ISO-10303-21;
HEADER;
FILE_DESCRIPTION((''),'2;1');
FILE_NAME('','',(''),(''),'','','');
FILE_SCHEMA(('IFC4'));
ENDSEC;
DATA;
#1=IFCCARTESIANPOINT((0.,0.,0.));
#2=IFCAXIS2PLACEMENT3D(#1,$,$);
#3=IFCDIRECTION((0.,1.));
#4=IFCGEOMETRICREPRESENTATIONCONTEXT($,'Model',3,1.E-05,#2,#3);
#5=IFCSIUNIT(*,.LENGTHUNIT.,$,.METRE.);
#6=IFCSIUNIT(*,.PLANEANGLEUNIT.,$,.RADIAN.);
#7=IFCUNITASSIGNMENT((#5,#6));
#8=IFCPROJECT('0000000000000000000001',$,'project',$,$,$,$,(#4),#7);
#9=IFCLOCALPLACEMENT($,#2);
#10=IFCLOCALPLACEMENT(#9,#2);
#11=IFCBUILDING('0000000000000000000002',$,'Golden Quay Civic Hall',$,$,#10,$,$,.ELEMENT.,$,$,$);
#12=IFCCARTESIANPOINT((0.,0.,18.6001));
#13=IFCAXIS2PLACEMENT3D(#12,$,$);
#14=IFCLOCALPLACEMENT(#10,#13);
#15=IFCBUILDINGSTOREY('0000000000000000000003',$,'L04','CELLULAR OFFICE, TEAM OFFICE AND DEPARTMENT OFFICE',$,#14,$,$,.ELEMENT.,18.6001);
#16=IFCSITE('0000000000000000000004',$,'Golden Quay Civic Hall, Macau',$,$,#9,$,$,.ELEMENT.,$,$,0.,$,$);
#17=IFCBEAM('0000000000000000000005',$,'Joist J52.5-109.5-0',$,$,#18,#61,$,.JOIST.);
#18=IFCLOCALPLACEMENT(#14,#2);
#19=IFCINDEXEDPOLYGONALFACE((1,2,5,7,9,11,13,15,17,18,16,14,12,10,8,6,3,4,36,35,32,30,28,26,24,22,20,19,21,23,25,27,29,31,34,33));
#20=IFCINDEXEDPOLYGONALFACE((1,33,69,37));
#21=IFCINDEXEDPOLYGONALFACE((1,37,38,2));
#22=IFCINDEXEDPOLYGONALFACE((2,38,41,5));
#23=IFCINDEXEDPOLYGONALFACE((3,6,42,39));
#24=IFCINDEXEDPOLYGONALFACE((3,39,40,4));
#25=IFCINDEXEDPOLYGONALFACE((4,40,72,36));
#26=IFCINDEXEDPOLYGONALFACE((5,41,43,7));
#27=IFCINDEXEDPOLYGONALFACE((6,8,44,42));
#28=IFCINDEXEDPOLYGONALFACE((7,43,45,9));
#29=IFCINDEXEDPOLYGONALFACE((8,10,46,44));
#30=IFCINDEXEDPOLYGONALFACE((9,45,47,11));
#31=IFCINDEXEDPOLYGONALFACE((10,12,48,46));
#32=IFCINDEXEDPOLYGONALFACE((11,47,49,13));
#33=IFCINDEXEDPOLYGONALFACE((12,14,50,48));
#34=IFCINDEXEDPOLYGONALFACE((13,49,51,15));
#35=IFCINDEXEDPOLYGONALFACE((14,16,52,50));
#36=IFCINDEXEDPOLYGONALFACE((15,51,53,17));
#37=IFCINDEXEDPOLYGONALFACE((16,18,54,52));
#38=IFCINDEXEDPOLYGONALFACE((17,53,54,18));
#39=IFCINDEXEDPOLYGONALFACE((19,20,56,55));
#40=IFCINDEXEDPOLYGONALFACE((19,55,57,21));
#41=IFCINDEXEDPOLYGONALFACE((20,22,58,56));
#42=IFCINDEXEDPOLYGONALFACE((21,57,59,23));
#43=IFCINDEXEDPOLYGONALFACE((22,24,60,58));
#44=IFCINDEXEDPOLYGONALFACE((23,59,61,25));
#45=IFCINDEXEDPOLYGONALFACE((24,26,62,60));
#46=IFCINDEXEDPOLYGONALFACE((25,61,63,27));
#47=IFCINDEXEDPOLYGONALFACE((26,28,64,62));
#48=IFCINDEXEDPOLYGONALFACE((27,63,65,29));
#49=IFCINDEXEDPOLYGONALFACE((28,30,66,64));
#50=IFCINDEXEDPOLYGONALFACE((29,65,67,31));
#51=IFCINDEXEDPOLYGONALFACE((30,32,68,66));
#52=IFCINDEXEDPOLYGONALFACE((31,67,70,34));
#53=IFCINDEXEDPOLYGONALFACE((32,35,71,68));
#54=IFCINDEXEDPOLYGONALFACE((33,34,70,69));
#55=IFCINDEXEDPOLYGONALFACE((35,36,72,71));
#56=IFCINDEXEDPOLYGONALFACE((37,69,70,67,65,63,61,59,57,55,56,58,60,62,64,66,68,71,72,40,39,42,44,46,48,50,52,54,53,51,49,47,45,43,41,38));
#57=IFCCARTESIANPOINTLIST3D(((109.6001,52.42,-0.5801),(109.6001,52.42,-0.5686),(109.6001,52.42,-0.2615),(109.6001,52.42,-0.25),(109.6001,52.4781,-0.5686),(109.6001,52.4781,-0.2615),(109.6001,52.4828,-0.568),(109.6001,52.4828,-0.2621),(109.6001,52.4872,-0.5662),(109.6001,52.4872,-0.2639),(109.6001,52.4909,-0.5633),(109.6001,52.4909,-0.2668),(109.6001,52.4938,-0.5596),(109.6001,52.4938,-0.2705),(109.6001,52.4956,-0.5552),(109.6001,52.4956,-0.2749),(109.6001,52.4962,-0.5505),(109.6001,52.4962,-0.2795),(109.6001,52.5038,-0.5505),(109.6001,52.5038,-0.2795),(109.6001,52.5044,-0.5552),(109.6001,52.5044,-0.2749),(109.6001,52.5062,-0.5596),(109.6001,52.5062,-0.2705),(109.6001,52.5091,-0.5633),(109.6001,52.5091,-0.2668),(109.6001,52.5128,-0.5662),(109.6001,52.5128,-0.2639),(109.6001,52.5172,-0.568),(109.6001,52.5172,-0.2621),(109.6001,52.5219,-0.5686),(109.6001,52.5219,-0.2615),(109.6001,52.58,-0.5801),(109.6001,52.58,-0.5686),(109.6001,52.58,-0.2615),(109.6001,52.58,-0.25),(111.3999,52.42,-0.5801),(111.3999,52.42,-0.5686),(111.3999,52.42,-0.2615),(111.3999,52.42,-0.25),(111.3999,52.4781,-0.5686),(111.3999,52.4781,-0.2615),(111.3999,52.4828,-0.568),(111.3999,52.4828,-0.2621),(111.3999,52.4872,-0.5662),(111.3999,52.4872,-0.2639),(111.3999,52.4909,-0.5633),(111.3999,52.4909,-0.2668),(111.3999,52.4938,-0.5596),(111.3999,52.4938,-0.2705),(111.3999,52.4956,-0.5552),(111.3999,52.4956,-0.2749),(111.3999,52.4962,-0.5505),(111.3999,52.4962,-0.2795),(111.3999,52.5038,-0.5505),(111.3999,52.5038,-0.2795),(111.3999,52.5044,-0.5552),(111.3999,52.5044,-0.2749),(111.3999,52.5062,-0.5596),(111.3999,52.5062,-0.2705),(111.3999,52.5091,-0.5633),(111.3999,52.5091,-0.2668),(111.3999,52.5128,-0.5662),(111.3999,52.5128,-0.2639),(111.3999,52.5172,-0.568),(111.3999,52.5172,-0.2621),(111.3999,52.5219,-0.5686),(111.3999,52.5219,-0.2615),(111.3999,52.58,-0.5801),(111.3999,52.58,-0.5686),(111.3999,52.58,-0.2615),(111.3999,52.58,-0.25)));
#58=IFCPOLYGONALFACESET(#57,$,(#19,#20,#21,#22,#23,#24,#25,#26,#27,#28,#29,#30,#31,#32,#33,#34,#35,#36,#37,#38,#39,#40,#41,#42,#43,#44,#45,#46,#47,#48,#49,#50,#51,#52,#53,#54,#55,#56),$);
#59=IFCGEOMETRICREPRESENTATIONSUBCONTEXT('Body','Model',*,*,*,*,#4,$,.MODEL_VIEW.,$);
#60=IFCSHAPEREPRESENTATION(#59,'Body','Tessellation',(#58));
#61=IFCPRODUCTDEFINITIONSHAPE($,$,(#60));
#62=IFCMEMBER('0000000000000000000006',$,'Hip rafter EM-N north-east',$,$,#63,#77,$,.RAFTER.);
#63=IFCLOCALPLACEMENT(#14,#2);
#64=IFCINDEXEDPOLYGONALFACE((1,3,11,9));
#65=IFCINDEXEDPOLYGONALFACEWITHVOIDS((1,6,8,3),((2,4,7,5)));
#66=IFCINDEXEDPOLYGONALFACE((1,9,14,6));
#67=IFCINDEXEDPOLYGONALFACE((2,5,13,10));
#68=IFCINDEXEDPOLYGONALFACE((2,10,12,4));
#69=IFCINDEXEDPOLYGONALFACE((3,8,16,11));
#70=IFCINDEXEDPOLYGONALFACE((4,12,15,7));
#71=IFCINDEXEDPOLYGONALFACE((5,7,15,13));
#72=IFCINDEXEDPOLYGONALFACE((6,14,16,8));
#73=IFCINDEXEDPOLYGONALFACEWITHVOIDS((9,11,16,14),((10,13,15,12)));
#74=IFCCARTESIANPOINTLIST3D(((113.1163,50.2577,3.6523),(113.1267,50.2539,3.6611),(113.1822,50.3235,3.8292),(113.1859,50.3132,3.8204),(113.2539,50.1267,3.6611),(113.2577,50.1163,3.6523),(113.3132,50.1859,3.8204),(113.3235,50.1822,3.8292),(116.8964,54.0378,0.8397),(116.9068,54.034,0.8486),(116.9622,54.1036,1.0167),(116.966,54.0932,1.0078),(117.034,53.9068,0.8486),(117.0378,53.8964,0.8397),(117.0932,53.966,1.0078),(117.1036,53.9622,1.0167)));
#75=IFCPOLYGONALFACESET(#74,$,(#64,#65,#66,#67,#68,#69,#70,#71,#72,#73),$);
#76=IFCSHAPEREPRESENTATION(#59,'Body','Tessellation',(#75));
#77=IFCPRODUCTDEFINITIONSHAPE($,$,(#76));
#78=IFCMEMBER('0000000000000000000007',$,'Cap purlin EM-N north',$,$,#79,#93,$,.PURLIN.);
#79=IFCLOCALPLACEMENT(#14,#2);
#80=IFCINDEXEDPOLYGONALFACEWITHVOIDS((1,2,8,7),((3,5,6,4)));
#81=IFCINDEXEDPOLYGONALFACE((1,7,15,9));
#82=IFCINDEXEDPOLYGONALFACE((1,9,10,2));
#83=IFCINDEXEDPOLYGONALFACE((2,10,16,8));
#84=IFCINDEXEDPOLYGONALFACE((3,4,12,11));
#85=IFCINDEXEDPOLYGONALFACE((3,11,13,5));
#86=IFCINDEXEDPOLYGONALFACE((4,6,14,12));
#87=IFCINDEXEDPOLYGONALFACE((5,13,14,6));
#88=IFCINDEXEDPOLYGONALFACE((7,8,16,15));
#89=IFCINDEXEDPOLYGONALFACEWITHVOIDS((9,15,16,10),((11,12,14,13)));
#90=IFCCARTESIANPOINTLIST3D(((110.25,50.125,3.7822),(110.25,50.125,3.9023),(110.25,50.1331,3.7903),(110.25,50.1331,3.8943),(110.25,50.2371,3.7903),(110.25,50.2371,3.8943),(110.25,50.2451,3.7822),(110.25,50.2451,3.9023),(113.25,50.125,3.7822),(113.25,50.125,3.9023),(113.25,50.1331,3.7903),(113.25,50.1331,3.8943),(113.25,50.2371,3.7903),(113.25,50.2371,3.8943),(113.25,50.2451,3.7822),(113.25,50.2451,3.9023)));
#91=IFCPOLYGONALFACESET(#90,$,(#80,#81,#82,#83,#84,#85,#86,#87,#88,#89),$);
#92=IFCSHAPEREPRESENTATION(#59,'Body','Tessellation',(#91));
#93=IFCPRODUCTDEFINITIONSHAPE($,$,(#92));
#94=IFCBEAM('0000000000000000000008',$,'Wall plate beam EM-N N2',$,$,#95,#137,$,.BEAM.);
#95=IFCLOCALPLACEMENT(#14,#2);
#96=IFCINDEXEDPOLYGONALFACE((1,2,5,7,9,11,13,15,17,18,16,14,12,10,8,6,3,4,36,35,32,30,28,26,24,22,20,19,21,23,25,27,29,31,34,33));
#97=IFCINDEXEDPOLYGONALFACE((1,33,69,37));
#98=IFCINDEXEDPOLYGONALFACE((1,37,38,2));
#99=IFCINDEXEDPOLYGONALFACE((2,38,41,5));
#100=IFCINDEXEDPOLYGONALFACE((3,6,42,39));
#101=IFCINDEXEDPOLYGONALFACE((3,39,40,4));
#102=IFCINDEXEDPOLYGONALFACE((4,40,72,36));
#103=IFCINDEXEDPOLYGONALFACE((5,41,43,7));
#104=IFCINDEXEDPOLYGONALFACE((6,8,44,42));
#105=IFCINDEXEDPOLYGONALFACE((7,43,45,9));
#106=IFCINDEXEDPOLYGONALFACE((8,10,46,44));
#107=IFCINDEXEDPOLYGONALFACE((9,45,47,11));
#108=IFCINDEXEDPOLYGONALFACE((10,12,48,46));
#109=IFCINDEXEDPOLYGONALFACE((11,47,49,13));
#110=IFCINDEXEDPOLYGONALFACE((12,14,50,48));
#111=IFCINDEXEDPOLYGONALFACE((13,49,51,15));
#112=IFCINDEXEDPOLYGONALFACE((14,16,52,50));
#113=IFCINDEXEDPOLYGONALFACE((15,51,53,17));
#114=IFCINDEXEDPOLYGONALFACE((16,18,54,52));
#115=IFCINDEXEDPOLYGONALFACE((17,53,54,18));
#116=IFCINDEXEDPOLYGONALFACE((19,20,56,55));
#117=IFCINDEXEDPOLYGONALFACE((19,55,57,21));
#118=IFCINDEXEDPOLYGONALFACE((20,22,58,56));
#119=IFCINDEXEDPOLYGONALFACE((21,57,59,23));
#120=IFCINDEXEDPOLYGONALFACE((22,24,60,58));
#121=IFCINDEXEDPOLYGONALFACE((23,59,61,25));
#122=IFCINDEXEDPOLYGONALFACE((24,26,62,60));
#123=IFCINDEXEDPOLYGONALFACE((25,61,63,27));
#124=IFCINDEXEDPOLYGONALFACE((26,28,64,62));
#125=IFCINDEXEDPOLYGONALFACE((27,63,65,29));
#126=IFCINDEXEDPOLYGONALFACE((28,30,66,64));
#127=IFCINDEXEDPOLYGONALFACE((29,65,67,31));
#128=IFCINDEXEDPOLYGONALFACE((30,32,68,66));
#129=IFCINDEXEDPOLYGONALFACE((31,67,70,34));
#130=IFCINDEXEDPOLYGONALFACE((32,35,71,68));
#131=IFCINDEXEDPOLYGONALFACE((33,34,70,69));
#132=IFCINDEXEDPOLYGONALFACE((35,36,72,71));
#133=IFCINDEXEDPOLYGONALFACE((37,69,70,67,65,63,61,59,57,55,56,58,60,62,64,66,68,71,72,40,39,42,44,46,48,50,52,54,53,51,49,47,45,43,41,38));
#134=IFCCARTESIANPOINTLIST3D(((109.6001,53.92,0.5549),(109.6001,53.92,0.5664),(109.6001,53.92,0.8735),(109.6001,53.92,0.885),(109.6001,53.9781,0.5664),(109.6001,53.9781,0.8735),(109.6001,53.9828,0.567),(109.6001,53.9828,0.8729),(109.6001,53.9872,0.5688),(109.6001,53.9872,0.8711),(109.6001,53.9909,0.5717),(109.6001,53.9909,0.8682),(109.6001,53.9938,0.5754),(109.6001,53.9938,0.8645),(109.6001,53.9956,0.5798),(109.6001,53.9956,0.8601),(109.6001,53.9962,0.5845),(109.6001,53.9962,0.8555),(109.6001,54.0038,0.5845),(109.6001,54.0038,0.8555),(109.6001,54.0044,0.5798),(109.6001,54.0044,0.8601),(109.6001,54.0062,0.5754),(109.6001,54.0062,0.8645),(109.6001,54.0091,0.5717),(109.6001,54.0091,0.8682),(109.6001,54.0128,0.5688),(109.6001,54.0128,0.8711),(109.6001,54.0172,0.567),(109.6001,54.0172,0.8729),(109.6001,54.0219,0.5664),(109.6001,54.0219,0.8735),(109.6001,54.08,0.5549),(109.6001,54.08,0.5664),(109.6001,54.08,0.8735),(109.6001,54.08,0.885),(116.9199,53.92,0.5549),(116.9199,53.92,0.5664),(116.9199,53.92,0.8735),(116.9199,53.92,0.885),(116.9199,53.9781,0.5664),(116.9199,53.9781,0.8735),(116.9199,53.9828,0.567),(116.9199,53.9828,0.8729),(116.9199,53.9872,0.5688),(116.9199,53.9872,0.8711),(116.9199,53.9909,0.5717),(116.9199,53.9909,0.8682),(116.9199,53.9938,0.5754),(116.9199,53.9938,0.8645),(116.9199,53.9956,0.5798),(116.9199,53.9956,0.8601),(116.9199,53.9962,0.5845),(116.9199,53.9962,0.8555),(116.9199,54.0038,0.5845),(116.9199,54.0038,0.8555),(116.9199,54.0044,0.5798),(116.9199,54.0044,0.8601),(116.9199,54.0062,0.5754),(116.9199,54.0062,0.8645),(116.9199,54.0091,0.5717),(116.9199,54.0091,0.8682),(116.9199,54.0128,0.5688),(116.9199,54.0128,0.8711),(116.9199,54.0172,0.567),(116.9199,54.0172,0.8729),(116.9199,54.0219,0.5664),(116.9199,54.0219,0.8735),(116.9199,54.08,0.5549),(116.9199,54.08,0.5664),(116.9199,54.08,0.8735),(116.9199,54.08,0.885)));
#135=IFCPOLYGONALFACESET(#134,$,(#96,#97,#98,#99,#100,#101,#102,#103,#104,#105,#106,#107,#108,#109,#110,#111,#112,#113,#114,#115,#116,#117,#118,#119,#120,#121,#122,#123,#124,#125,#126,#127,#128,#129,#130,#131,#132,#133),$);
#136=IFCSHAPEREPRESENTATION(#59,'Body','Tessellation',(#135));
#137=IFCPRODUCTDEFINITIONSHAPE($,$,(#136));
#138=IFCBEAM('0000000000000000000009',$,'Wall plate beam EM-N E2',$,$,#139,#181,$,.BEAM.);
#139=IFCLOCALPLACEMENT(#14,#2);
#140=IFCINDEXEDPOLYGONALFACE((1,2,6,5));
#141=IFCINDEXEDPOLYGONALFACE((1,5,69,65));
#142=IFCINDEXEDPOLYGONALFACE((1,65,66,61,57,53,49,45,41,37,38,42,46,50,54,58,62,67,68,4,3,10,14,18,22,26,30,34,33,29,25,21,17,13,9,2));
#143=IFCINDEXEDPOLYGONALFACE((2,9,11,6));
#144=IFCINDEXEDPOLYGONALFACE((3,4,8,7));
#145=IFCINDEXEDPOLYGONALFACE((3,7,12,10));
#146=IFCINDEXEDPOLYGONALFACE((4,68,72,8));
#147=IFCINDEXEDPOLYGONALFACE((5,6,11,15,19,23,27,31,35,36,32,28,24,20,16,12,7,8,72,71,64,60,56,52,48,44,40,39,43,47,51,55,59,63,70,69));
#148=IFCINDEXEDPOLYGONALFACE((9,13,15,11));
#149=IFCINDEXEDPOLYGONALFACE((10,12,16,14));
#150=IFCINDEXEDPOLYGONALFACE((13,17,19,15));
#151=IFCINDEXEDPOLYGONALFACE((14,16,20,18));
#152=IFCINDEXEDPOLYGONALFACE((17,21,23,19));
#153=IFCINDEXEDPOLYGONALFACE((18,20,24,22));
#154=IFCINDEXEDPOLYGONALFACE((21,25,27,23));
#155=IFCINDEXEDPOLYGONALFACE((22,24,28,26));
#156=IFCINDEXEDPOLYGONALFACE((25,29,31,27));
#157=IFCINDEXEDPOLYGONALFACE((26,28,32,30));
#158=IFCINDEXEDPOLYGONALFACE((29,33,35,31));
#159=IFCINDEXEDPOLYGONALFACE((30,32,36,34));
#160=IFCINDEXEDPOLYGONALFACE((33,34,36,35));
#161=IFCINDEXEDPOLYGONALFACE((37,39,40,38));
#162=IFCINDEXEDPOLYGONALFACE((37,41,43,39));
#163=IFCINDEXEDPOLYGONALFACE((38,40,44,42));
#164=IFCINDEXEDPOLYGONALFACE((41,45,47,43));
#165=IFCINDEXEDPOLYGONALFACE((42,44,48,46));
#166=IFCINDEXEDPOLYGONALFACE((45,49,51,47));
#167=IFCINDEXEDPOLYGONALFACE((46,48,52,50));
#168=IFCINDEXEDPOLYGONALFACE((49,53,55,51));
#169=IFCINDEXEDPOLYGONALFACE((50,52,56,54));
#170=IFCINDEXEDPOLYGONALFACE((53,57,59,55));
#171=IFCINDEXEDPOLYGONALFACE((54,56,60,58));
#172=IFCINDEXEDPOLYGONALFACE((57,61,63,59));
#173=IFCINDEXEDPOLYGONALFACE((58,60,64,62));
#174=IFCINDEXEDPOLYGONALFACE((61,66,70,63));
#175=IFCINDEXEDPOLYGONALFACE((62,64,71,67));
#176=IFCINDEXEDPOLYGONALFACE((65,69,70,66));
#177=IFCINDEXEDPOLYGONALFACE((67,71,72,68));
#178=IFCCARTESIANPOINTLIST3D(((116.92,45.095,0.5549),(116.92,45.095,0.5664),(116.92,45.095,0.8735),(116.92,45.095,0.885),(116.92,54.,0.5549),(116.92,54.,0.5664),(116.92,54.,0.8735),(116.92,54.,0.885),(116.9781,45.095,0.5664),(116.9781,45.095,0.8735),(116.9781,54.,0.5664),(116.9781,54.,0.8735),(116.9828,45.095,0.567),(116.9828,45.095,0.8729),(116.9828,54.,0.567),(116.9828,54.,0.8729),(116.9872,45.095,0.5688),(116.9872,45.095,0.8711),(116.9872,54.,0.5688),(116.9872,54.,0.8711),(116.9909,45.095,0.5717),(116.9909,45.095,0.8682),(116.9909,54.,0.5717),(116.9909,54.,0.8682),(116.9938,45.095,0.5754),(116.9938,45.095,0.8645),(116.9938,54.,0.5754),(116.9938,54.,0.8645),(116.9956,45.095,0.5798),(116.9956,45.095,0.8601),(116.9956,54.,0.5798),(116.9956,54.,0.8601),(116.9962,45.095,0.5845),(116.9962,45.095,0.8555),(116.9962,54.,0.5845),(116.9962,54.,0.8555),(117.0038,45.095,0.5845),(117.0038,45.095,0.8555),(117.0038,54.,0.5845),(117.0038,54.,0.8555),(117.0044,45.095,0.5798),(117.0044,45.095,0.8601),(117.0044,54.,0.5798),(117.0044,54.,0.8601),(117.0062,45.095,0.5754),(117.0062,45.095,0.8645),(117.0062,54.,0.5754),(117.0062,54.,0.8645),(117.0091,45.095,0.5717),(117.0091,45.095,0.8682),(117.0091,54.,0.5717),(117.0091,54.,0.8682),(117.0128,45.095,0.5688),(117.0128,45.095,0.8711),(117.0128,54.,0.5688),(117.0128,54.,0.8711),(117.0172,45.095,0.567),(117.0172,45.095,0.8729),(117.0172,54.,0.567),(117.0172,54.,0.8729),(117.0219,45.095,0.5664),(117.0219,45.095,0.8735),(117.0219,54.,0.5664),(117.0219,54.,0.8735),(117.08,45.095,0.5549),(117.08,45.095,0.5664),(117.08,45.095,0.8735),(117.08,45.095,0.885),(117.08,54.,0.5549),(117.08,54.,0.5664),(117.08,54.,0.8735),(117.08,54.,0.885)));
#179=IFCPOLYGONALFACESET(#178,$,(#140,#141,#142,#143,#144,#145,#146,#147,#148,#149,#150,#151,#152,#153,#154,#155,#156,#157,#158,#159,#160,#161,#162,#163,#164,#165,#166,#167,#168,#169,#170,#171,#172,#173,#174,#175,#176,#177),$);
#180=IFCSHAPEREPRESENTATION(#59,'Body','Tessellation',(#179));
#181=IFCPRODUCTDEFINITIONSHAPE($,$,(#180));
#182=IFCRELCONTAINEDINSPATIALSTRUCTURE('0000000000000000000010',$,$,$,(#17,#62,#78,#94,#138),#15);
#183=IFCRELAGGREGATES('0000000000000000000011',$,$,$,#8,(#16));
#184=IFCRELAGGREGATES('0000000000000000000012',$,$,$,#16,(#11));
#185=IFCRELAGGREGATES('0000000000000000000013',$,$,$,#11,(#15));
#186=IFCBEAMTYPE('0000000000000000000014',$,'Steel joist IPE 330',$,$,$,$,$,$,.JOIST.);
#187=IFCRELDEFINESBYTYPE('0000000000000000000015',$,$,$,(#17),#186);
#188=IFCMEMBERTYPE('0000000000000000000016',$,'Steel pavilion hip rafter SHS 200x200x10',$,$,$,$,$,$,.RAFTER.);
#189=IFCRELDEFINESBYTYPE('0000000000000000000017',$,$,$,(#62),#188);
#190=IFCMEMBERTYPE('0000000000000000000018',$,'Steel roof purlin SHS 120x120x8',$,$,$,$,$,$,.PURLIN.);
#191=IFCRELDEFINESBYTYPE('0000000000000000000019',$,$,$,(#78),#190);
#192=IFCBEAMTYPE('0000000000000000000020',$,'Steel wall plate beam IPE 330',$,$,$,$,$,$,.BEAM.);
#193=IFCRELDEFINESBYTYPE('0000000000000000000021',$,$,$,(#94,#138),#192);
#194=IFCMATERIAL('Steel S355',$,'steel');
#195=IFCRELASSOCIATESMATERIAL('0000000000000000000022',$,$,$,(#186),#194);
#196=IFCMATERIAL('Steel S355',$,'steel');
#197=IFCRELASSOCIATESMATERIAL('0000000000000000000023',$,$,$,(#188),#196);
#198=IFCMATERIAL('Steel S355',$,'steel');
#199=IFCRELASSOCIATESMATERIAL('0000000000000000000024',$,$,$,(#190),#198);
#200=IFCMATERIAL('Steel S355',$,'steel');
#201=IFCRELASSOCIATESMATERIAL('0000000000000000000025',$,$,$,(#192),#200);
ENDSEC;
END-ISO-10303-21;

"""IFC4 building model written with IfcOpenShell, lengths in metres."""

from ifc_helpers import new_model, si_unit, direction, frame, origin, origin_2d, place, context, subcontext, project, spatial, hollow_rectangle, i_section, extrude, material, material_profile, profile_set, type_object, element, save


model = new_model("IFC4")

# Units and contexts
model_context = context("Model", 3, precision=1e-05, world=origin(), true_north=direction((0.0, 1.0)))
body_context = subcontext(model_context, "Body", "Model", "MODEL_VIEW")
ifc_project = project(units=[si_unit("LENGTHUNIT", "METRE"), si_unit("PLANEANGLEUNIT", "RADIAN")], contexts=[model_context])

# Site, building, storey
site_placement = place(None, origin())
site = spatial("IfcSite", under=ifc_project, at=site_placement, Name="Golden Quay Civic Hall, Macau", CompositionType="ELEMENT", RefElevation=0.0)
building_placement = place(site_placement, origin())
building = spatial("IfcBuilding", under=site, at=building_placement, Name="Golden Quay Civic Hall", CompositionType="ELEMENT")
storey_placement = place(building_placement, frame((0.0, 0.0, 18.6001)))
storey = spatial("IfcBuildingStorey", under=building, at=storey_placement, Name="L04", Description="CELLULAR OFFICE, TEAM OFFICE AND DEPARTMENT OFFICE", CompositionType="ELEMENT", Elevation=18.6001)

# Beam
ifc_material_1 = material(Name="Steel S355", Category="steel")
ifc_material_profile_1 = material_profile(ifc_material_1, i_section(OverallWidth=0.1599, OverallDepth=0.3301, WebThickness=0.0076, FlangeThickness=0.0115, FilletRadius=0.0181, at=origin_2d()), Name="IPE 330")
ifc_profile_set_1 = profile_set([ifc_material_profile_1], Name="Steel S355")
beam_type_1 = type_object("IfcBeamType", Name="Steel joist IPE 330", PredefinedType="JOIST", material=ifc_profile_set_1)
beam_1_placement = place(storey_placement, frame((109.6001, 52.5, -0.415), z_axis=(1.0, 0.0, 0.0), x_axis=(0.0, 1.0, 0.0)))
element("IfcBeam", 1, at=beam_1_placement, inside=storey, type_object=beam_type_1, Name="Joist J52.5-109.5-0", PredefinedType="JOIST", context=body_context, shape_type="SweptSolid", body=[
    extrude(i_section(OverallWidth=0.1599, OverallDepth=0.3301, WebThickness=0.0076, FlangeThickness=0.0115, FilletRadius=0.0181, at=origin_2d()), origin(), (0.0, 0.0, 1.0), 1.7998),
])

# Members
ifc_material_2 = material(Name="Steel S355", Category="steel")
ifc_material_profile_2 = material_profile(ifc_material_2, hollow_rectangle(XDim=0.2, YDim=0.2, WallThickness=0.01, at=origin_2d()), Name="SHS 200x200x10")
ifc_profile_set_2 = profile_set([ifc_material_profile_2], Name="Steel S355")
member_type_1 = type_object("IfcMemberType", Name="Steel pavilion hip rafter SHS 200x200x10", PredefinedType="RAFTER", material=ifc_profile_set_2)
member_1_placement = place(storey_placement, frame((117.0, 54.0, 0.9282), z_axis=(-0.625783, -0.625783, 0.465609), x_axis=(0.707107, -0.707107, 0.0)))
element("IfcMember", 2, at=member_1_placement, inside=storey, type_object=member_type_1, Name="Hip rafter EM-N north-east", PredefinedType="RAFTER", context=body_context, shape_type="SweptSolid", body=[
    extrude(hollow_rectangle(XDim=0.2, YDim=0.2, WallThickness=0.01, at=origin_2d()), origin(), (0.0, 0.0, 1.0), 6.0405),
])
ifc_material_3 = material(Name="Steel S355", Category="steel")
ifc_material_profile_3 = material_profile(ifc_material_3, hollow_rectangle(XDim=0.1201, YDim=0.1201, WallThickness=0.0081, at=origin_2d()), Name="SHS 120x120x8")
ifc_profile_set_3 = profile_set([ifc_material_profile_3], Name="Steel S355")
member_type_2 = type_object("IfcMemberType", Name="Steel roof purlin SHS 120x120x8", PredefinedType="PURLIN", material=ifc_profile_set_3)
member_2_placement = place(storey_placement, frame((110.25, 50.1851, 3.8423), z_axis=(1.0, 0.0, 0.0), x_axis=(0.0, 1.0, 0.0)))
element("IfcMember", 3, at=member_2_placement, inside=storey, type_object=member_type_2, Name="Cap purlin EM-N north", PredefinedType="PURLIN", context=body_context, shape_type="SweptSolid", body=[
    extrude(hollow_rectangle(XDim=0.1201, YDim=0.1201, WallThickness=0.0081, at=origin_2d()), origin(), (0.0, 0.0, 1.0), 3.0),
])

# Beams
ifc_material_4 = material(Name="Steel S355", Category="steel")
ifc_material_profile_4 = material_profile(ifc_material_4, i_section(OverallWidth=0.1599, OverallDepth=0.3301, WebThickness=0.0076, FlangeThickness=0.0115, FilletRadius=0.0181, at=origin_2d()), Name="IPE 330")
ifc_profile_set_4 = profile_set([ifc_material_profile_4], Name="Steel S355")
beam_type_2 = type_object("IfcBeamType", Name="Steel wall plate beam IPE 330", PredefinedType="BEAM", material=ifc_profile_set_4)
beam_2_placement = place(storey_placement, frame((109.6001, 54.0, 0.72), z_axis=(1.0, 0.0, 0.0), x_axis=(0.0, 1.0, 0.0)))
element("IfcBeam", 4, at=beam_2_placement, inside=storey, type_object=beam_type_2, Name="Wall plate beam EM-N N2", PredefinedType="BEAM", context=body_context, shape_type="SweptSolid", body=[
    extrude(i_section(OverallWidth=0.1599, OverallDepth=0.3301, WebThickness=0.0076, FlangeThickness=0.0115, FilletRadius=0.0181, at=origin_2d()), origin(), (0.0, 0.0, 1.0), 7.3198),
])
beam_3_placement = place(storey_placement, frame((117.0, 45.095, 0.72), z_axis=(0.0, 1.0, 0.0), x_axis=(-1.0, 0.0, 0.0)))
element("IfcBeam", 5, at=beam_3_placement, inside=storey, type_object=beam_type_2, Name="Wall plate beam EM-N E2", PredefinedType="BEAM", context=body_context, shape_type="SweptSolid", body=[
    extrude(i_section(OverallWidth=0.1599, OverallDepth=0.3301, WebThickness=0.0076, FlangeThickness=0.0115, FilletRadius=0.0181, at=origin_2d()), origin(), (0.0, 0.0, 1.0), 8.905),
])

save(model, "model.ifc")
